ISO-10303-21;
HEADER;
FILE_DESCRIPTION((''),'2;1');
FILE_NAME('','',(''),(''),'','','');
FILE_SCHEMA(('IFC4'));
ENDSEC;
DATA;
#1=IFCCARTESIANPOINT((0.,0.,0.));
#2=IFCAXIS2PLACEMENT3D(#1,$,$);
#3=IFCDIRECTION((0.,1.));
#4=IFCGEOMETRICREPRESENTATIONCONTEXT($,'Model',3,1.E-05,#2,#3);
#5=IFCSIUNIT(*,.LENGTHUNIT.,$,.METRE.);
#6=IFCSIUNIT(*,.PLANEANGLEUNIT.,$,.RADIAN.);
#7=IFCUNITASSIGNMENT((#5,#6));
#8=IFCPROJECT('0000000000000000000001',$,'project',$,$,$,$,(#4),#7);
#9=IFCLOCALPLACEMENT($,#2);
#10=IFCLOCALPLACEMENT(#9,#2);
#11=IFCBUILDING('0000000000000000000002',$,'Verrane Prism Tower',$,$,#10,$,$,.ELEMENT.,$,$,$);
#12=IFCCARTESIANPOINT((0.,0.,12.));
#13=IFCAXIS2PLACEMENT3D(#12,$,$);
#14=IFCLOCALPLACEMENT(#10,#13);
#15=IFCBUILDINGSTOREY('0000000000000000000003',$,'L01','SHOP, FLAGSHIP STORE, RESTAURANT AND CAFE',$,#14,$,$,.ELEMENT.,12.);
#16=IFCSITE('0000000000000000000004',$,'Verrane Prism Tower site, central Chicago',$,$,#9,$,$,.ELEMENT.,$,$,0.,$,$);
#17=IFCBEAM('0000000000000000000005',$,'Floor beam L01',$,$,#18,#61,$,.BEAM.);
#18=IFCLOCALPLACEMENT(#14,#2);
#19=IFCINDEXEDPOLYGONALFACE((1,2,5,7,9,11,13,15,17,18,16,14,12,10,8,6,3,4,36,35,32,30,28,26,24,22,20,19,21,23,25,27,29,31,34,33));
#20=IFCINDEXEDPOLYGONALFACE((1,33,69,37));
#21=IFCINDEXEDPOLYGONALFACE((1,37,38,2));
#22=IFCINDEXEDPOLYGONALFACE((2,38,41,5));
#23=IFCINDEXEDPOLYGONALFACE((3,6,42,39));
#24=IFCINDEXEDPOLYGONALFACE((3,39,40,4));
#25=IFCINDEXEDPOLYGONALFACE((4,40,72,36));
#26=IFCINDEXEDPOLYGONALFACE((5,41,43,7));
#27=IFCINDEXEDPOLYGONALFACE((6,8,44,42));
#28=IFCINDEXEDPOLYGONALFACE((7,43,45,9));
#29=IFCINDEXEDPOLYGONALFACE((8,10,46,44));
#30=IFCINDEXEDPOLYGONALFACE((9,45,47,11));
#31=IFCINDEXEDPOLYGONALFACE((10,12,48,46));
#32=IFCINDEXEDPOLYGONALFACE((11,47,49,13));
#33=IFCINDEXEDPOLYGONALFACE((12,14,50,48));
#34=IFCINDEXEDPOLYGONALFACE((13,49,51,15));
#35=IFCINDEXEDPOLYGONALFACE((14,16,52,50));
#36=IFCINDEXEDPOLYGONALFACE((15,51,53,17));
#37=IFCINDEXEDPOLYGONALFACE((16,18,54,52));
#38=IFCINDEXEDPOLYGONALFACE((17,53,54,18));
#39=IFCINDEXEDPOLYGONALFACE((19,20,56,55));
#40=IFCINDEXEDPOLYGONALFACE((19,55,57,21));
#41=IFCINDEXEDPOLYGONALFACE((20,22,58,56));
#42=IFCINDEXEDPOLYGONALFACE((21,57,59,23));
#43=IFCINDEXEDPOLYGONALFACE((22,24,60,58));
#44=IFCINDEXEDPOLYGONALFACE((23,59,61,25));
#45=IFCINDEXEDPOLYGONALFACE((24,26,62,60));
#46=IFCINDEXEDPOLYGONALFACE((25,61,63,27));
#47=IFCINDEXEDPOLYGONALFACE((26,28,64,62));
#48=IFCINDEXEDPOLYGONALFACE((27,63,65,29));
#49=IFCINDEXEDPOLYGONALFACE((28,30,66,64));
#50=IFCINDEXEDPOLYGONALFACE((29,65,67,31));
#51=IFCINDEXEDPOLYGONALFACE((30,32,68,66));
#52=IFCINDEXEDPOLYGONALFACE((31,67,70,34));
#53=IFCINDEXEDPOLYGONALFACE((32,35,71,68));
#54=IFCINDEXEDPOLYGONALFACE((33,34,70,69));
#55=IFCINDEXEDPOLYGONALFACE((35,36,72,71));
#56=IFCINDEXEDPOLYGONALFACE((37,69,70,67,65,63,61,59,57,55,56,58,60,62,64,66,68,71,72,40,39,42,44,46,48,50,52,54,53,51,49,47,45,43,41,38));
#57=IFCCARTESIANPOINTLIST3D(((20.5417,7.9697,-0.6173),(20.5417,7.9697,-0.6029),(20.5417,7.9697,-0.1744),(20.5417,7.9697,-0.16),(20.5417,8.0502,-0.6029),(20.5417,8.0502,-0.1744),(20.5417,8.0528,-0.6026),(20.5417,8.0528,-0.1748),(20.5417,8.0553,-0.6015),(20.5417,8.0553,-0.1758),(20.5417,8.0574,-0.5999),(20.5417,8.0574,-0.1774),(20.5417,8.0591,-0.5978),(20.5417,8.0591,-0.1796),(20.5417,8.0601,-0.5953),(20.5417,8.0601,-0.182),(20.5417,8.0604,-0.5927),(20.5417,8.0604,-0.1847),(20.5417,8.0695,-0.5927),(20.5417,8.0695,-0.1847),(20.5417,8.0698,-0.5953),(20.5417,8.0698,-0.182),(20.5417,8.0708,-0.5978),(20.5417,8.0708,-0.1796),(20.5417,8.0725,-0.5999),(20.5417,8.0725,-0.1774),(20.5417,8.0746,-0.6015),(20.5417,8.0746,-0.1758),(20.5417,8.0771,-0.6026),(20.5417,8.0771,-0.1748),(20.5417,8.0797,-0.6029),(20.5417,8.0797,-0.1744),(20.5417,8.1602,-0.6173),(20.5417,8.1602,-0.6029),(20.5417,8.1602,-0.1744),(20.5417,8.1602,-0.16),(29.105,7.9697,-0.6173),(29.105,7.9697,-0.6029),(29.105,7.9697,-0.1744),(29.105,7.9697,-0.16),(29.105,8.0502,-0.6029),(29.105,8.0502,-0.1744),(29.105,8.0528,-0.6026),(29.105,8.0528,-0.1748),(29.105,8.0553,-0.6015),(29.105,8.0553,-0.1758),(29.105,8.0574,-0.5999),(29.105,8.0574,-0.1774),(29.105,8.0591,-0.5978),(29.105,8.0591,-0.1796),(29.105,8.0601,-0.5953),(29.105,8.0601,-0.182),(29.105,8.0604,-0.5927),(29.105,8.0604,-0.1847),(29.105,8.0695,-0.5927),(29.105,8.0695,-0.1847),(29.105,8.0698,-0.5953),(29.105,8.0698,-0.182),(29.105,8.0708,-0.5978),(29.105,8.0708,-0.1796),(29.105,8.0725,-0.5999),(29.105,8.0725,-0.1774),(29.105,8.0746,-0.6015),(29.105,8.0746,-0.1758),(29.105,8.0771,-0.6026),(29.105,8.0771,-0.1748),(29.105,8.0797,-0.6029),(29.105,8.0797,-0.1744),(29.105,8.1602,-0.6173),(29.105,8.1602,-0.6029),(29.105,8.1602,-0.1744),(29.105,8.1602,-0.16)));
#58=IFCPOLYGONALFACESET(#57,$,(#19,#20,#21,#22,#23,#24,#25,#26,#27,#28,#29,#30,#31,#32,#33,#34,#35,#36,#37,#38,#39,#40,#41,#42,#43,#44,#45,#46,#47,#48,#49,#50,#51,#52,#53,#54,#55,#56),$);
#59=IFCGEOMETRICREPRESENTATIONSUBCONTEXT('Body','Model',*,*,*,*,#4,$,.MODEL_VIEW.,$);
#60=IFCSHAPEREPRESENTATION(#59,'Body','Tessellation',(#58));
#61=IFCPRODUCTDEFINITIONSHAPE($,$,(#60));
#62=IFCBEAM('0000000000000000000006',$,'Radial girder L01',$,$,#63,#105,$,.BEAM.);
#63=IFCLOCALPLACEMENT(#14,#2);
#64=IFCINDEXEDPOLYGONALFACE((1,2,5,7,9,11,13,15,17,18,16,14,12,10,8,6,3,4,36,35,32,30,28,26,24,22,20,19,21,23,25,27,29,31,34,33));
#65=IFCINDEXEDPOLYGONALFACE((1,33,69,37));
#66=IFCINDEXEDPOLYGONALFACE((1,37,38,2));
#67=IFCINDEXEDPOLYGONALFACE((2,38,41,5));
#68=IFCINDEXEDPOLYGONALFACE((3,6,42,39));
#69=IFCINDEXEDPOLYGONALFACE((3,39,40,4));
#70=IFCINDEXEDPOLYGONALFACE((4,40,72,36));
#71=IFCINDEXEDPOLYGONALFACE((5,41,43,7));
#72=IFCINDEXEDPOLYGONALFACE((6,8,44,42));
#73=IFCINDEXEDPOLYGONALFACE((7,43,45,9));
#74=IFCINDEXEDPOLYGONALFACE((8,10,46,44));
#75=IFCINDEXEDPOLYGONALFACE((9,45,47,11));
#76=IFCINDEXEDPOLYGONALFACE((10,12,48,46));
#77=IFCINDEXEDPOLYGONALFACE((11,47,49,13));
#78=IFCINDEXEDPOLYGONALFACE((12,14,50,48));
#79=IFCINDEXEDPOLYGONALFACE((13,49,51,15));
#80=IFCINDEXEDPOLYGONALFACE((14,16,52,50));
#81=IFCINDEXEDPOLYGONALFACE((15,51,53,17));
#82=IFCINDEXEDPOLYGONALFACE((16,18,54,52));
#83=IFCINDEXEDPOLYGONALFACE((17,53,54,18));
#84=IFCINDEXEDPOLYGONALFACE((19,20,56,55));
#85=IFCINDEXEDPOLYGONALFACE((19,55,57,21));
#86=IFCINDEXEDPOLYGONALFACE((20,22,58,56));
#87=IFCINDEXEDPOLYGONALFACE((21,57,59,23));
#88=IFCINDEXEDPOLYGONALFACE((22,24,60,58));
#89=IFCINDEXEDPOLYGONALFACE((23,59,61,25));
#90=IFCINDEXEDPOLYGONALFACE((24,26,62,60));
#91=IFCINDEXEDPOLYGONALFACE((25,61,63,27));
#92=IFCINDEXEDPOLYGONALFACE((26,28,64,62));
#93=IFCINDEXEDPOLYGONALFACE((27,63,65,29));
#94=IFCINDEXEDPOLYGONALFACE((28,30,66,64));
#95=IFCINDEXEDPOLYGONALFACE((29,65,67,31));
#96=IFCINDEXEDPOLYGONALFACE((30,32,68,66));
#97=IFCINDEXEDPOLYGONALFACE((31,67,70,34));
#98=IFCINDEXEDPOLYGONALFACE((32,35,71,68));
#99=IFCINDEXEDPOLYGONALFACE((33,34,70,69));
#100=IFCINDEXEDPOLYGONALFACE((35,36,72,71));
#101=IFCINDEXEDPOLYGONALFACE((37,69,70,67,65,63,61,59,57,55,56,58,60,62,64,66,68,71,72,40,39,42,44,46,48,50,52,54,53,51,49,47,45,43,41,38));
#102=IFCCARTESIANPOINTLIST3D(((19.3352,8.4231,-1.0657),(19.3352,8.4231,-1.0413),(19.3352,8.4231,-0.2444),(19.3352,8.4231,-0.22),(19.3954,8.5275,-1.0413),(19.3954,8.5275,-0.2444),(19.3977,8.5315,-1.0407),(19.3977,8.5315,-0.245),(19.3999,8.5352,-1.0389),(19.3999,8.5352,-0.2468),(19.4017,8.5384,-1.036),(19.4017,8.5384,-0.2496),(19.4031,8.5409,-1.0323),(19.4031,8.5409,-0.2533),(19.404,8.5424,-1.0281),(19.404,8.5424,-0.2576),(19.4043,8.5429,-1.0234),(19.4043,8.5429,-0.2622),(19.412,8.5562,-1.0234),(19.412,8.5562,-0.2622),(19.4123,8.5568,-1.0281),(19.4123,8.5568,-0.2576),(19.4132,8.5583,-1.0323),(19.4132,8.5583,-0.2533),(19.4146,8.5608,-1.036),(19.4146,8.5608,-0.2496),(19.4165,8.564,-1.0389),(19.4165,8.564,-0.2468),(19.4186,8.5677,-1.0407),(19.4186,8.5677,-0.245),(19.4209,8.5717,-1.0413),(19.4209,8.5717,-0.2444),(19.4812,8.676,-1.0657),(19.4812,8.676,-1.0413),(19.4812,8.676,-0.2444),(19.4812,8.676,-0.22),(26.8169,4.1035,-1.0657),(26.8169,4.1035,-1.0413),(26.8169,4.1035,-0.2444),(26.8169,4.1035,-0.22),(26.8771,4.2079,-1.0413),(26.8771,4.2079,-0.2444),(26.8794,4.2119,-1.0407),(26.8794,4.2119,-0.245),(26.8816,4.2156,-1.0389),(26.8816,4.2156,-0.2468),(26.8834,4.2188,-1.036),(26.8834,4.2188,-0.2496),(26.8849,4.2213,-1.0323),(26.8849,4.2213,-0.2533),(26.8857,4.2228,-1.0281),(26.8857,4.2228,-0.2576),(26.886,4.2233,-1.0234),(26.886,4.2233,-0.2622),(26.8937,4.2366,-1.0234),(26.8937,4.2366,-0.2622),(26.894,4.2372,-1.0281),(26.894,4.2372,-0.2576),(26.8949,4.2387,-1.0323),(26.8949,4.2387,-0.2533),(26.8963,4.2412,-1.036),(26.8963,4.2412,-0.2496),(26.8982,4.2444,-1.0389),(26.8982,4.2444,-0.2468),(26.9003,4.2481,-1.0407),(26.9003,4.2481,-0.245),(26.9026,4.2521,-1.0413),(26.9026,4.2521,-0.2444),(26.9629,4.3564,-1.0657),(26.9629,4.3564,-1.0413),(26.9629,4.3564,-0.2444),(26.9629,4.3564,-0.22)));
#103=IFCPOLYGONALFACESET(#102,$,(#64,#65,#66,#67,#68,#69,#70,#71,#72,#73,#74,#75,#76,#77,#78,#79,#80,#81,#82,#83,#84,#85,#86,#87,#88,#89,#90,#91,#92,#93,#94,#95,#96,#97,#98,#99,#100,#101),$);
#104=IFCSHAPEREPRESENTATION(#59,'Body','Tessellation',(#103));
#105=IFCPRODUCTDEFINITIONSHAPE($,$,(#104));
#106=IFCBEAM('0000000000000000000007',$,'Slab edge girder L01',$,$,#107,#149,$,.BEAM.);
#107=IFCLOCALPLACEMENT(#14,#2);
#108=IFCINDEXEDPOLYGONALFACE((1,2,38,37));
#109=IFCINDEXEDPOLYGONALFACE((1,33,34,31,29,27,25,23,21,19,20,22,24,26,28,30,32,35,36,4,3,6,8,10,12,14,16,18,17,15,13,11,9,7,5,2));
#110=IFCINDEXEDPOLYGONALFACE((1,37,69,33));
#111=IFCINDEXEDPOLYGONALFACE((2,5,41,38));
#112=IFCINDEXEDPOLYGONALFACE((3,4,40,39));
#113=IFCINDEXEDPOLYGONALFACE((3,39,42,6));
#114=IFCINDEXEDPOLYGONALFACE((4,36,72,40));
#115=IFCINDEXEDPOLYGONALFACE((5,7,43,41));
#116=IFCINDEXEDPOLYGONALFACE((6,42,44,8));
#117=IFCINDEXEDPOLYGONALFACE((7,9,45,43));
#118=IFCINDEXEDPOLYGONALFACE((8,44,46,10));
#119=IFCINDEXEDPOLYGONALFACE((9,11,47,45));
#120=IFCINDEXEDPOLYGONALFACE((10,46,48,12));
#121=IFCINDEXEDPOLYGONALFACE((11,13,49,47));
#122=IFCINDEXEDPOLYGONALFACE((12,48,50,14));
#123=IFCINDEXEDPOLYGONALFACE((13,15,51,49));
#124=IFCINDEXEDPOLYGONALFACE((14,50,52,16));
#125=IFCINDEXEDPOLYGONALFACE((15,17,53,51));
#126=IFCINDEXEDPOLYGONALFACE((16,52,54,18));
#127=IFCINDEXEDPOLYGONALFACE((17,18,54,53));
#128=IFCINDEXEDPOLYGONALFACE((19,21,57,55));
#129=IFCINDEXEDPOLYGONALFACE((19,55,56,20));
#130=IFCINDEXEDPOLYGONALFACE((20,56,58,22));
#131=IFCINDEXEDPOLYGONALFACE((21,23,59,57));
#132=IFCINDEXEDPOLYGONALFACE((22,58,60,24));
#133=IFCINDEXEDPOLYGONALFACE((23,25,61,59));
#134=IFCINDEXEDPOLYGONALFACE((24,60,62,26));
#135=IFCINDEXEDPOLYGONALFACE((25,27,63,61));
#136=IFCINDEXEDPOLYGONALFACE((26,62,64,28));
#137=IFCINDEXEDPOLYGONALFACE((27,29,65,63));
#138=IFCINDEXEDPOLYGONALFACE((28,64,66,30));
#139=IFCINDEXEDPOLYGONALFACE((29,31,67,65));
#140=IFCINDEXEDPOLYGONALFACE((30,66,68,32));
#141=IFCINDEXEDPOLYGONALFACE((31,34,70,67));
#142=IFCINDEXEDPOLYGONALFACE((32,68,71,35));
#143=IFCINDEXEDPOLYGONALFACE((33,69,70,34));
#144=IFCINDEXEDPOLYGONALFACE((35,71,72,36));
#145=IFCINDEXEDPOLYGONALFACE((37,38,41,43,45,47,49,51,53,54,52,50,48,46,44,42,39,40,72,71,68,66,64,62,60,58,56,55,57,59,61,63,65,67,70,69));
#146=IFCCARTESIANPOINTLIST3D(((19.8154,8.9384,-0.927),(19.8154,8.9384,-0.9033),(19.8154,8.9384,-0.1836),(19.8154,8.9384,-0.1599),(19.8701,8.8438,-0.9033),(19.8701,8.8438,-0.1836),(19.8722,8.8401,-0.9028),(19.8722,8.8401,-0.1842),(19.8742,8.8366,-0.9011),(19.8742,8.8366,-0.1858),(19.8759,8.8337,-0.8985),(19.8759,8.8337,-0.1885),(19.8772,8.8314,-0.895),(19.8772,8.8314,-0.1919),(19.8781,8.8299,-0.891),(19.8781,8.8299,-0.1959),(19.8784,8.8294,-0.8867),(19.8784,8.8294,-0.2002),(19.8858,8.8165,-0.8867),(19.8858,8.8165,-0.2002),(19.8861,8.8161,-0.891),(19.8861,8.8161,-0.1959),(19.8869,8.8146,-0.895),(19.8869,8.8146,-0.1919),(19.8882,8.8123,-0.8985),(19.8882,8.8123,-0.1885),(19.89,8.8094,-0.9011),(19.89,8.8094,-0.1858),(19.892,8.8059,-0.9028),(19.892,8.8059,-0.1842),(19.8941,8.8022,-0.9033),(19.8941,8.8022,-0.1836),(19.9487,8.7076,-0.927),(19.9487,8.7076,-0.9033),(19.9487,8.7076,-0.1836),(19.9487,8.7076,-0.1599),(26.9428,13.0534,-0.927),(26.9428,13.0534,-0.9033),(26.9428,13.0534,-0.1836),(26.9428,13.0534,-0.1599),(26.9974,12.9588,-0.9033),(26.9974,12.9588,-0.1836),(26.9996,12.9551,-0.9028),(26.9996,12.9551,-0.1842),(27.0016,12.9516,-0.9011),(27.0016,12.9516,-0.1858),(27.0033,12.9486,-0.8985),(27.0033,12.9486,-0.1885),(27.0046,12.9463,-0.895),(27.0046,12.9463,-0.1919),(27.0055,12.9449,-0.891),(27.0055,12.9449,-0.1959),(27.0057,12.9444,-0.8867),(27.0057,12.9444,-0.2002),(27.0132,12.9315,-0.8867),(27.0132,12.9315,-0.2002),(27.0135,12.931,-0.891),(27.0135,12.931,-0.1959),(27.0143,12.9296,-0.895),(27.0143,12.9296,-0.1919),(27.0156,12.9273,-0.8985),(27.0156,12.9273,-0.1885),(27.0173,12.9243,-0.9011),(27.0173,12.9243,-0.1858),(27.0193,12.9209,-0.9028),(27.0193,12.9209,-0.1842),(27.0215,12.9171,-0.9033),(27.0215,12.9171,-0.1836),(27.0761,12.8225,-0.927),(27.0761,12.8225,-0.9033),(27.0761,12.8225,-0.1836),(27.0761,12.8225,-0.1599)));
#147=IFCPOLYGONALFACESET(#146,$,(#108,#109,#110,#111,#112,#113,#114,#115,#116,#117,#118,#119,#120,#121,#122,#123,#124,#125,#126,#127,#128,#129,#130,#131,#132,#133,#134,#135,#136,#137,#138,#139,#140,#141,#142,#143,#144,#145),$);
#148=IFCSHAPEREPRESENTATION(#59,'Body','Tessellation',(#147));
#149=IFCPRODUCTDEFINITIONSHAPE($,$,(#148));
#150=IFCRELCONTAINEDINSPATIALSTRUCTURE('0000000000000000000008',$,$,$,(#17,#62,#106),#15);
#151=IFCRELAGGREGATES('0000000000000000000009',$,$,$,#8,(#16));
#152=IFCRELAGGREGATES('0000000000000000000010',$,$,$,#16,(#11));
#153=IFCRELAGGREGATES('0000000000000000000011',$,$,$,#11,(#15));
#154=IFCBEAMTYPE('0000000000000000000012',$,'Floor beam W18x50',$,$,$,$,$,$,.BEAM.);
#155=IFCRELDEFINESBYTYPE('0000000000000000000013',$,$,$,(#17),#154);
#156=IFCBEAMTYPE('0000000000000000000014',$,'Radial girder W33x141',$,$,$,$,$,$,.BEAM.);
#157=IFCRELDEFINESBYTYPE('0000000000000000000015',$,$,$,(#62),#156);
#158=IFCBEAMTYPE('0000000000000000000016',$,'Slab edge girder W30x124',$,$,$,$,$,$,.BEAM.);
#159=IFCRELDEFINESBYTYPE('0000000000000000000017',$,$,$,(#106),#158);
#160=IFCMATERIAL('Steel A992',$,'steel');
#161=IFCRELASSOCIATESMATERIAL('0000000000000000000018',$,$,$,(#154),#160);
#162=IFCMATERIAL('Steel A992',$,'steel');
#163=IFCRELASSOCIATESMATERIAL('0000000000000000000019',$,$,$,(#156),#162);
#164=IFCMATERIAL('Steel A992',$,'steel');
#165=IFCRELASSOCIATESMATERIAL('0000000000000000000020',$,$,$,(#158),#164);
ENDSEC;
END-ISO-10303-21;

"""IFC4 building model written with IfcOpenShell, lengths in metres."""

from ifc_helpers import new_model, si_unit, direction, frame, origin, origin_2d, place, context, subcontext, project, spatial, i_section, extrude, material, material_profile, profile_set, type_object, element, save


model = new_model("IFC4")

# Units and contexts
model_context = context("Model", 3, precision=1e-05, world=origin(), true_north=direction((0.0, 1.0)))
body_context = subcontext(model_context, "Body", "Model", "MODEL_VIEW")
ifc_project = project(units=[si_unit("LENGTHUNIT", "METRE"), si_unit("PLANEANGLEUNIT", "RADIAN")], contexts=[model_context])

# Site, building, storey
site_placement = place(None, origin())
site = spatial("IfcSite", under=ifc_project, at=site_placement, Name="Verrane Prism Tower site, central Chicago", CompositionType="ELEMENT", RefElevation=0.0)
building_placement = place(site_placement, origin())
building = spatial("IfcBuilding", under=site, at=building_placement, Name="Verrane Prism Tower", CompositionType="ELEMENT")
storey_placement = place(building_placement, frame((0.0, 0.0, 12.0)))
storey = spatial("IfcBuildingStorey", under=building, at=storey_placement, Name="L01", Description="SHOP, FLAGSHIP STORE, RESTAURANT AND CAFE", CompositionType="ELEMENT", Elevation=12.0)

# Beams
ifc_material_1 = material(Name="Steel A992", Category="steel")
ifc_material_profile_1 = material_profile(ifc_material_1, i_section(OverallWidth=0.1904, OverallDepth=0.4573, WebThickness=0.009, FlangeThickness=0.0144, FilletRadius=0.0103, at=origin_2d()), Name="W18x50")
ifc_profile_set_1 = profile_set([ifc_material_profile_1], Name="Steel A992")
beam_type_1 = type_object("IfcBeamType", Name="Floor beam W18x50", PredefinedType="BEAM", material=ifc_profile_set_1)
beam_1_placement = place(storey_placement, frame((20.5417, 8.0649, -0.3887), z_axis=(1.0, 0.0, 0.0), x_axis=(0.0, 1.0, 0.0)))
element("IfcBeam", 1, at=beam_1_placement, inside=storey, type_object=beam_type_1, Name="Floor beam L01", PredefinedType="BEAM", context=body_context, shape_type="SweptSolid", body=[
    extrude(i_section(OverallWidth=0.1904, OverallDepth=0.4573, WebThickness=0.009, FlangeThickness=0.0144, FilletRadius=0.0103, at=origin_2d()), origin(), (0.0, 0.0, 1.0), 8.5632),
])
ifc_material_2 = material(Name="Steel A992", Category="steel")
ifc_material_profile_2 = material_profile(ifc_material_2, i_section(OverallWidth=0.292, OverallDepth=0.8457, WebThickness=0.0154, FlangeThickness=0.0244, FilletRadius=0.0178, at=origin_2d()), Name="W33x141")
ifc_profile_set_2 = profile_set([ifc_material_profile_2], Name="Steel A992")
beam_type_2 = type_object("IfcBeamType", Name="Radial girder W33x141", PredefinedType="BEAM", material=ifc_profile_set_2)
beam_2_placement = place(storey_placement, frame((26.8899, 4.23, -0.6428), z_axis=(-0.866024, 0.500002, 0.0), x_axis=(-0.500002, -0.866024, 0.0)))
element("IfcBeam", 2, at=beam_2_placement, inside=storey, type_object=beam_type_2, Name="Radial girder L01", PredefinedType="BEAM", context=body_context, shape_type="SweptSolid", body=[
    extrude(i_section(OverallWidth=0.292, OverallDepth=0.8457, WebThickness=0.0154, FlangeThickness=0.0244, FilletRadius=0.0178, at=origin_2d()), origin(), (0.0, 0.0, 1.0), 8.6392),
])
ifc_material_3 = material(Name="Steel A992", Category="steel")
ifc_material_profile_3 = material_profile(ifc_material_3, i_section(OverallWidth=0.2666, OverallDepth=0.7671, WebThickness=0.0149, FlangeThickness=0.0237, FilletRadius=0.0166, at=origin_2d()), Name="W30x124")
ifc_profile_set_3 = profile_set([ifc_material_profile_3], Name="Steel A992")
beam_type_3 = type_object("IfcBeamType", Name="Slab edge girder W30x124", PredefinedType="BEAM", material=ifc_profile_set_3)
beam_3_placement = place(storey_placement, frame((19.8821, 8.823, -0.5435), z_axis=(0.866028, 0.499996, 0.0), x_axis=(-0.499996, 0.866028, 0.0)))
element("IfcBeam", 3, at=beam_3_placement, inside=storey, type_object=beam_type_3, Name="Slab edge girder L01", PredefinedType="BEAM", context=body_context, shape_type="SweptSolid", body=[
    extrude(i_section(OverallWidth=0.2666, OverallDepth=0.7671, WebThickness=0.0149, FlangeThickness=0.0237, FilletRadius=0.0166, at=origin_2d()), origin(), (0.0, 0.0, 1.0), 8.23),
])

save(model, "model.ifc")
